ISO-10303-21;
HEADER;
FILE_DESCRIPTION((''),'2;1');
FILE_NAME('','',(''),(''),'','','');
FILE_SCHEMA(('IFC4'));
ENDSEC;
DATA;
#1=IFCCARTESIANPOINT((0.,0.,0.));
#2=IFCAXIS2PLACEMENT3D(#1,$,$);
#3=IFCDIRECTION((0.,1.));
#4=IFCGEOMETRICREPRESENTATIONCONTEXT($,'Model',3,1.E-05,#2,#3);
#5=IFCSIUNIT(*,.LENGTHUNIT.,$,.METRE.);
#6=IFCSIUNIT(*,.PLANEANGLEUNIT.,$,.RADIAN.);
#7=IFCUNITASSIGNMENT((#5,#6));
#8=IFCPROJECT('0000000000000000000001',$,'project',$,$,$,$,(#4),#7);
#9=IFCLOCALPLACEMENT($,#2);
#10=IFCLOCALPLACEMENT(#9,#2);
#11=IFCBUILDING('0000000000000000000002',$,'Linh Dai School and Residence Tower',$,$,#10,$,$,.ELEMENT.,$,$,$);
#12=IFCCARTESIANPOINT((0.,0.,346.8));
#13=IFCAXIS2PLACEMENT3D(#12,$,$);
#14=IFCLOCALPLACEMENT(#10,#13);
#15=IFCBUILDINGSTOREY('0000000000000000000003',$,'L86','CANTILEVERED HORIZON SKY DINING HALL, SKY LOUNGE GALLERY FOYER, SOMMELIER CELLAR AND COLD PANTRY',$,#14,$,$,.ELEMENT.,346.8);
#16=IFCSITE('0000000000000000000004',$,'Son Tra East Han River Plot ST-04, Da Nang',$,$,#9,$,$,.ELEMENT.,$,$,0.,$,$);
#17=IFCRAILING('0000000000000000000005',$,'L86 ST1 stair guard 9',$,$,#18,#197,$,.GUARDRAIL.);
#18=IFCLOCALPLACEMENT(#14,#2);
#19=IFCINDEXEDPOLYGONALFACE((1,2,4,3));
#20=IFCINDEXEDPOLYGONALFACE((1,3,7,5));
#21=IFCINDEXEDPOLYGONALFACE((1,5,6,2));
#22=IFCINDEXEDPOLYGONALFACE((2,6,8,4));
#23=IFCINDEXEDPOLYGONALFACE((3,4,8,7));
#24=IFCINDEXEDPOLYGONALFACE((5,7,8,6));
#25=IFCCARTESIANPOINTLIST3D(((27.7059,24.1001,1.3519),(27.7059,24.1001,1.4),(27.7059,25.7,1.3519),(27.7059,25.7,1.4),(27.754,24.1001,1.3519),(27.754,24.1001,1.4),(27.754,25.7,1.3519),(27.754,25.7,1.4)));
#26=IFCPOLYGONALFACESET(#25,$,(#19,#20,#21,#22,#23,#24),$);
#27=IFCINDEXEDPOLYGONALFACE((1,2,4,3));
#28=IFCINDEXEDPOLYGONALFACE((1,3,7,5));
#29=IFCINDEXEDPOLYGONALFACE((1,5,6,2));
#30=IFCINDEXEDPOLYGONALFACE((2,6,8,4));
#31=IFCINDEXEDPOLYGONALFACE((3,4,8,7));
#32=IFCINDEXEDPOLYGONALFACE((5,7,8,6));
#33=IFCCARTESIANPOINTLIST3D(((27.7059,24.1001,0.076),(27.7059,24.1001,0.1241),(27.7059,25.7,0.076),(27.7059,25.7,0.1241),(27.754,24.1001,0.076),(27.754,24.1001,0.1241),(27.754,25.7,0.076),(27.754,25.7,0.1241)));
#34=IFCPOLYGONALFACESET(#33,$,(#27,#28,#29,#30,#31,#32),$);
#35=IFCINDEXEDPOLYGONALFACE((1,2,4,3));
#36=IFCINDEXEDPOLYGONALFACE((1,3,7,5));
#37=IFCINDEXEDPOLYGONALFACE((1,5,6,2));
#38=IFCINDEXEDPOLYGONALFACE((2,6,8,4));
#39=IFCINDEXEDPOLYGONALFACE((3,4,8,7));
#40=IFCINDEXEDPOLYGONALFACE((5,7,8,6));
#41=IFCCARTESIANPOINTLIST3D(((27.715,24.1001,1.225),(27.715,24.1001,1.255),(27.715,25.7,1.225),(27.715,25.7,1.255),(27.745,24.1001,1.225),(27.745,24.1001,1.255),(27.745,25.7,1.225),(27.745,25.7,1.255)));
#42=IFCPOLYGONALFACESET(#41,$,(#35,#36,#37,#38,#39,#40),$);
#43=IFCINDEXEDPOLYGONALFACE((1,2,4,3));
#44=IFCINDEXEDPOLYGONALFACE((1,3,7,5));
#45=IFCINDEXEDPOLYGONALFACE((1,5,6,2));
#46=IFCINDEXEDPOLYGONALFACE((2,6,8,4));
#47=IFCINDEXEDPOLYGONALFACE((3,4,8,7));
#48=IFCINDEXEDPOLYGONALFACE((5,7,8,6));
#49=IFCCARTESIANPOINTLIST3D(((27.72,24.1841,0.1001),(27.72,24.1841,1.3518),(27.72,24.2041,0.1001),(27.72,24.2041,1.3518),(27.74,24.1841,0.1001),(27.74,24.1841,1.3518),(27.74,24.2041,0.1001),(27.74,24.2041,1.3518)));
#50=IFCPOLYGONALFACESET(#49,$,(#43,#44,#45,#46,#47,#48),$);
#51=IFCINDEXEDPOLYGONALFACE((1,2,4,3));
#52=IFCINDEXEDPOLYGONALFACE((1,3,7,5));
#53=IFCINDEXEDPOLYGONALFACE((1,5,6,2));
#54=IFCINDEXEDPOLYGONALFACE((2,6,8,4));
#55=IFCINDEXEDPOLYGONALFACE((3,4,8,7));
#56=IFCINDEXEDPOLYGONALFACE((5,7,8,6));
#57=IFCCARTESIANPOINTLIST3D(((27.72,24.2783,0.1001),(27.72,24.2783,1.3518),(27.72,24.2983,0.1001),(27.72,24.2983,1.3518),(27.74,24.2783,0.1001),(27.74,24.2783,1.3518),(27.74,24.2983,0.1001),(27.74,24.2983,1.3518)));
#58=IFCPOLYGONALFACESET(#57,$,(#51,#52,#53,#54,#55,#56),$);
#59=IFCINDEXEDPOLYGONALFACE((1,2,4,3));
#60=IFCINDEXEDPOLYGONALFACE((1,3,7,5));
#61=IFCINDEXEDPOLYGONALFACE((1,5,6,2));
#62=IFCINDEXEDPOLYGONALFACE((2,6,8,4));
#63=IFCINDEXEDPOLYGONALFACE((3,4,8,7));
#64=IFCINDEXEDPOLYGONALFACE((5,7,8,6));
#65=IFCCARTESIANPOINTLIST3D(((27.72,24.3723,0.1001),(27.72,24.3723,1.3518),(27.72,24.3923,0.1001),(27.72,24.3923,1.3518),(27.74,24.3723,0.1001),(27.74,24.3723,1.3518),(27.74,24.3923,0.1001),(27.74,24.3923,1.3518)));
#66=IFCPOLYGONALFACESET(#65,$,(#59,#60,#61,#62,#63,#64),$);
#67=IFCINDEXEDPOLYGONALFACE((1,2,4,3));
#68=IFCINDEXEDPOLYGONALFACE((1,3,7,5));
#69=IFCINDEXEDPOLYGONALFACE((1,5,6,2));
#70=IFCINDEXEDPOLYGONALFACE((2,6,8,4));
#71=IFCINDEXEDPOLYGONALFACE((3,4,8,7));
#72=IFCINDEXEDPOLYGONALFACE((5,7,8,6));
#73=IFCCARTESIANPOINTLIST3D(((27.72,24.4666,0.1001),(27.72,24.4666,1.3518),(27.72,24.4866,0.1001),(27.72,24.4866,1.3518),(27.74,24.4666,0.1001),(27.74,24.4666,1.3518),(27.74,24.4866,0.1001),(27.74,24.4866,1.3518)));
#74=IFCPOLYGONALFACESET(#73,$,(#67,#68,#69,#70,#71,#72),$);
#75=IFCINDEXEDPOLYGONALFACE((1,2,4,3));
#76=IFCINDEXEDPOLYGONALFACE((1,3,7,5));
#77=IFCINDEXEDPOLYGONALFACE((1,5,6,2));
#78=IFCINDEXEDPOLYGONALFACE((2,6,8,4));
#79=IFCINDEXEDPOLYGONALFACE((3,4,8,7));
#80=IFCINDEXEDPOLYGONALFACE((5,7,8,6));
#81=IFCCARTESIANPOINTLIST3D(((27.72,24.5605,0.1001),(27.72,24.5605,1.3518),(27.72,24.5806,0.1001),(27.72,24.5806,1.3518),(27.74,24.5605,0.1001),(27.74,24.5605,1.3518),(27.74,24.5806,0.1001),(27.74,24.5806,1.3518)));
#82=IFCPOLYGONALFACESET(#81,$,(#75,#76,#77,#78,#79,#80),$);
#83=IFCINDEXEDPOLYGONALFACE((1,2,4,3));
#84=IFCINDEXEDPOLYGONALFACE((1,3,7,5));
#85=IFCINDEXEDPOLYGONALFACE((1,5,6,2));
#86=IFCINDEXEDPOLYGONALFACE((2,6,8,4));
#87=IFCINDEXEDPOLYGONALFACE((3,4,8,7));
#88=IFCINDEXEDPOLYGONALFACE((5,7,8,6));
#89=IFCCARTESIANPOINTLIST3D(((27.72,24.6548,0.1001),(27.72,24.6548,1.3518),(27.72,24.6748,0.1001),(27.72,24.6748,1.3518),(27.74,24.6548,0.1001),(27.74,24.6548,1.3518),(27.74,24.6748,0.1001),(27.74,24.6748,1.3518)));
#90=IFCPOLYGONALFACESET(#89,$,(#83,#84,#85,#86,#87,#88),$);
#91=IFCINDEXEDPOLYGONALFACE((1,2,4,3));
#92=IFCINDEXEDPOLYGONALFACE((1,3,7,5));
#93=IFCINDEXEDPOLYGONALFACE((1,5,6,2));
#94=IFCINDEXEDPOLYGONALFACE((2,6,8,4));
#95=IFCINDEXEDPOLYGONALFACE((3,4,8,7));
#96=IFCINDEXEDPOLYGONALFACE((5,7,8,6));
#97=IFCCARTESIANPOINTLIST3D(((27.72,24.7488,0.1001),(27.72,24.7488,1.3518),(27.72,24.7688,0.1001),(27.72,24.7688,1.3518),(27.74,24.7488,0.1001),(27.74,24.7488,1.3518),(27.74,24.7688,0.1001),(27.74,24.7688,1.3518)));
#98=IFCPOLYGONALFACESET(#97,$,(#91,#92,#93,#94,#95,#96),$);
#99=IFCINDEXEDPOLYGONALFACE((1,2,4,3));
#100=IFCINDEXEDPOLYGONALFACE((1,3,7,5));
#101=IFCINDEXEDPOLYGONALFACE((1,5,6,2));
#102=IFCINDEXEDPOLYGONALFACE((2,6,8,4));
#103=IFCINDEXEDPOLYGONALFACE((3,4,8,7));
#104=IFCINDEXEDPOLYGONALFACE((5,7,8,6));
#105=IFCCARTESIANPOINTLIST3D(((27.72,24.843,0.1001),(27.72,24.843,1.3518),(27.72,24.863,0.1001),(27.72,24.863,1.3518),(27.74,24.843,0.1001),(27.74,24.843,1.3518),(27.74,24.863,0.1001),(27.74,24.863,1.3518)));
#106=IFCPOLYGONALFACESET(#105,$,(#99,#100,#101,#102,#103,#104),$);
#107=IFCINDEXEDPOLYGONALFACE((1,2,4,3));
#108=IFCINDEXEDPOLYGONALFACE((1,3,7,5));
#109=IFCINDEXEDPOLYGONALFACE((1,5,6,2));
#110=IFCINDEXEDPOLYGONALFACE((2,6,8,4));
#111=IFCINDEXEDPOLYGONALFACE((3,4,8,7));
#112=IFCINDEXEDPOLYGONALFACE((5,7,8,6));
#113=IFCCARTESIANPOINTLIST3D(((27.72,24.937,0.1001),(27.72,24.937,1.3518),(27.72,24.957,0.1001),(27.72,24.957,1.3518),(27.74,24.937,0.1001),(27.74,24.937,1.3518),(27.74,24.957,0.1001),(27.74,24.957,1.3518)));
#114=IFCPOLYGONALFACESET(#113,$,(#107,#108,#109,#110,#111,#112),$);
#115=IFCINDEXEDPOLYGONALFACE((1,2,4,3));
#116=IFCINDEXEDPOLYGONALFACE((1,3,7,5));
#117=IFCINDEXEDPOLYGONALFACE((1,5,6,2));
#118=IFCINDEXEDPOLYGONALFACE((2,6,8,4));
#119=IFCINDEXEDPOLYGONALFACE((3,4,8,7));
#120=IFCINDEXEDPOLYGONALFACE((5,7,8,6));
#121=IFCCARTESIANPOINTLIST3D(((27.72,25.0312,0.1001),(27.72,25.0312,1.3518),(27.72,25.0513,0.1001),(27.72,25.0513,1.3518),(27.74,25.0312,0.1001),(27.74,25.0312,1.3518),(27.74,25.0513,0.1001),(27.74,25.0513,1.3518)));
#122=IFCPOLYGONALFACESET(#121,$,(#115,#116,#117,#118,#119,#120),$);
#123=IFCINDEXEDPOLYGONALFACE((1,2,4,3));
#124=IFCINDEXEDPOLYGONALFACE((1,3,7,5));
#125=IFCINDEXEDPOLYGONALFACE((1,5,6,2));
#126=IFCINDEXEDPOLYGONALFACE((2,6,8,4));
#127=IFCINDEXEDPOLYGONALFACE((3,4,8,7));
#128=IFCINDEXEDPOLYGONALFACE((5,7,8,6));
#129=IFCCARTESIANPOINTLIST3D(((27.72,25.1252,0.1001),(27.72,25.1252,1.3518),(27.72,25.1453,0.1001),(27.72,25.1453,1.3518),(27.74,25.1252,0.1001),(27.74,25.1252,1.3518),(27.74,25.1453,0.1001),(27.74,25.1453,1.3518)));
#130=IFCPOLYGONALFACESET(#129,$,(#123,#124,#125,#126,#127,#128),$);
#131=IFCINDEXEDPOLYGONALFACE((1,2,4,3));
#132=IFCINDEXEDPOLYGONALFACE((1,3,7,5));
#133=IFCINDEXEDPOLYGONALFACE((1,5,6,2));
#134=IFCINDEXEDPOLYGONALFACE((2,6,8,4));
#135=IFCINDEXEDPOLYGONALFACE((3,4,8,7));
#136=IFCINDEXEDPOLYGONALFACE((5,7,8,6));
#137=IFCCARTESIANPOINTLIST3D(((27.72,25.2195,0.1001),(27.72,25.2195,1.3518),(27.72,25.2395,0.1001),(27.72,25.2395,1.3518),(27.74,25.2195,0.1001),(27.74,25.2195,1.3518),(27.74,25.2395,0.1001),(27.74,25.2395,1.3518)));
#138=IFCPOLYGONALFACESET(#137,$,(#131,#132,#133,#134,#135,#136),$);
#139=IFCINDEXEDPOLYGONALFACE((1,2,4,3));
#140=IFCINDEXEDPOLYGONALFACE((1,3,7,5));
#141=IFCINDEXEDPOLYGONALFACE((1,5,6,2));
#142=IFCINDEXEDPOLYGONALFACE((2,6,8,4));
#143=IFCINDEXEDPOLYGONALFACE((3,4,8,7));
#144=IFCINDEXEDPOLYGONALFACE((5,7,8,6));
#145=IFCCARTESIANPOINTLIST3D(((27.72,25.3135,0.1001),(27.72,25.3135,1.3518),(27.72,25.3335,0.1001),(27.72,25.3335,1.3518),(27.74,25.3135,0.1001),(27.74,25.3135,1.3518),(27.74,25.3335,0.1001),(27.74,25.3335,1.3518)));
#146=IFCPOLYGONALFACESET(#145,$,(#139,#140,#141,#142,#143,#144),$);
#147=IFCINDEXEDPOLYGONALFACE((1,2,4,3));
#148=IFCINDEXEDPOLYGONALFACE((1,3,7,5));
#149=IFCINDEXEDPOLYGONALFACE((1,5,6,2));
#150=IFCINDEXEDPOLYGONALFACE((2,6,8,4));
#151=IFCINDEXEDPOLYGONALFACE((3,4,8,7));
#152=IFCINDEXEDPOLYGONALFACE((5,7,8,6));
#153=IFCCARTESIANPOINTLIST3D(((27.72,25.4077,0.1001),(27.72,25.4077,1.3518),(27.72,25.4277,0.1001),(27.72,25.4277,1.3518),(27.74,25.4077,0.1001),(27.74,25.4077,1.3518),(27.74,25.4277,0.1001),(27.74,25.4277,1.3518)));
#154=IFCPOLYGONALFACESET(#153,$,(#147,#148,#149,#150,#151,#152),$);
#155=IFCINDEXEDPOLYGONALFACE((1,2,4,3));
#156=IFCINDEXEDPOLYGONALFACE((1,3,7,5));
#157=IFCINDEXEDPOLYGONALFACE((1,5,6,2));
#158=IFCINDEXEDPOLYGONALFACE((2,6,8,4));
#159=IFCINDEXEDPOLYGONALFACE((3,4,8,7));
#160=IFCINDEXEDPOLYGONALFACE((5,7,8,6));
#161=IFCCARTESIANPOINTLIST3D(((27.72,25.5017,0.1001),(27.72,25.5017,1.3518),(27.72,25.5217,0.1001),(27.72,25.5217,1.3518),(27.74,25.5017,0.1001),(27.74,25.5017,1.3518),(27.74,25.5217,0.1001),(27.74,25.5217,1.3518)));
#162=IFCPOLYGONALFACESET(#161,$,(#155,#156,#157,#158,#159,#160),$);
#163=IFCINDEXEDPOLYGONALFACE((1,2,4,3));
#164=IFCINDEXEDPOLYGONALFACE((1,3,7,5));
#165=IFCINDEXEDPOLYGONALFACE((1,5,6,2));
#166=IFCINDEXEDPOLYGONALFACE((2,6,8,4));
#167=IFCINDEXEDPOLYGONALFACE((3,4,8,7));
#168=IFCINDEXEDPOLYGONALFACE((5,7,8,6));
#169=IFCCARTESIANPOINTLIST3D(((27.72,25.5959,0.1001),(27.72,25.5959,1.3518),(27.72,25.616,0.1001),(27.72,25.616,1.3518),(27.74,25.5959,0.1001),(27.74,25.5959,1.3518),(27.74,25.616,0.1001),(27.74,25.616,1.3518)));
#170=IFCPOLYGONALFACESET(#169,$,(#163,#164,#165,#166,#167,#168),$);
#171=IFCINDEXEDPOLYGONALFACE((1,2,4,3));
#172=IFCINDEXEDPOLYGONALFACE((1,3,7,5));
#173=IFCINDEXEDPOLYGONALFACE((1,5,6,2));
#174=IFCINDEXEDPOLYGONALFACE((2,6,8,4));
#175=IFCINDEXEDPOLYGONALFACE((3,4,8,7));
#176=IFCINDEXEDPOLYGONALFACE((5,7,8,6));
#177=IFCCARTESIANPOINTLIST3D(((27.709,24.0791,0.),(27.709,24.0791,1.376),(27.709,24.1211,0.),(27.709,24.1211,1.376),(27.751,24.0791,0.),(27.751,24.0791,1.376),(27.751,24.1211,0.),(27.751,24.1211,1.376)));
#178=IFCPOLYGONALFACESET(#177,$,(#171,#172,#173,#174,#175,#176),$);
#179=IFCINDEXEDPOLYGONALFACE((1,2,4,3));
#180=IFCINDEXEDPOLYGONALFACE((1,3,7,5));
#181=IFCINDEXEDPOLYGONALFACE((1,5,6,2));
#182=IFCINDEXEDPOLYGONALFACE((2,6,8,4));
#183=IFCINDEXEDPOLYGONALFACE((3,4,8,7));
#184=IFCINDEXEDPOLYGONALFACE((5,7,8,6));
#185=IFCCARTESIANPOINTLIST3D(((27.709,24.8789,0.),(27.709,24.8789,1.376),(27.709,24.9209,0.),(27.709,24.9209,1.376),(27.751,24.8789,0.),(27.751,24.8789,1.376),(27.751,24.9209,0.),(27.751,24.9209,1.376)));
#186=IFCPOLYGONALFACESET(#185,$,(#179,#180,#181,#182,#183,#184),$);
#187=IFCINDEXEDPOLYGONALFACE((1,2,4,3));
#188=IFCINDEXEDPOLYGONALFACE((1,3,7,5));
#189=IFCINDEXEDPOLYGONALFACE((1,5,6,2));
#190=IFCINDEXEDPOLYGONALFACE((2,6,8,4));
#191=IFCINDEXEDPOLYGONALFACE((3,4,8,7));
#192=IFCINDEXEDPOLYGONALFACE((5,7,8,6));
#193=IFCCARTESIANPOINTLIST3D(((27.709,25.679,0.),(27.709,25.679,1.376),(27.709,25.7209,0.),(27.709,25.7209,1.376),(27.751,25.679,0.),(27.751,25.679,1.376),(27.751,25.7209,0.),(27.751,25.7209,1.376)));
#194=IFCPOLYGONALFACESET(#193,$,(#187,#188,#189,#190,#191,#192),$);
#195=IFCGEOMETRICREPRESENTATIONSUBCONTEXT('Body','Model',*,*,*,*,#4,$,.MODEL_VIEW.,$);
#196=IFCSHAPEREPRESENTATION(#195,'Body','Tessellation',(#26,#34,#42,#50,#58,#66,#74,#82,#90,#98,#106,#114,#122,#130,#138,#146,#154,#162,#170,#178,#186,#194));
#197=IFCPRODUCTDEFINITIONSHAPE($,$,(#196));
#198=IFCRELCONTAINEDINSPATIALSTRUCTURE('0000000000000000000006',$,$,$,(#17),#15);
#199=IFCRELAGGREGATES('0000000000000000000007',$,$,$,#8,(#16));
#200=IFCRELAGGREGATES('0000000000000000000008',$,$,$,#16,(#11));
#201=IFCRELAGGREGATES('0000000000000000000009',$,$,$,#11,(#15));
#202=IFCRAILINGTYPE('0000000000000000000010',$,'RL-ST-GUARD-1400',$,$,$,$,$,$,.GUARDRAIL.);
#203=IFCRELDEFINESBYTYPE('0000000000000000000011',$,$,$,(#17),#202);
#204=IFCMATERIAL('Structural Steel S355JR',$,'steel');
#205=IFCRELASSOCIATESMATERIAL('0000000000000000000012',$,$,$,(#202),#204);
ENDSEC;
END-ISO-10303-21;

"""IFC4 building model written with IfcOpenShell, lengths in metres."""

from ifc_helpers import new_model, si_unit, direction, frame, origin, origin_2d, place, context, subcontext, project, spatial, rectangle, extrude, source, transform, mapped, material, type_object, element, save


model = new_model("IFC4")

# Units and contexts
model_context = context("Model", 3, precision=1e-05, world=origin(), true_north=direction((0.0, 1.0)))
body_context = subcontext(model_context, "Body", "Model", "MODEL_VIEW")
ifc_project = project(units=[si_unit("LENGTHUNIT", "METRE"), si_unit("PLANEANGLEUNIT", "RADIAN")], contexts=[model_context])

# Site, building, storey
site_placement = place(None, origin())
site = spatial("IfcSite", under=ifc_project, at=site_placement, Name="Son Tra East Han River Plot ST-04, Da Nang", CompositionType="ELEMENT", RefElevation=0.0)
building_placement = place(site_placement, origin())
building = spatial("IfcBuilding", under=site, at=building_placement, Name="Linh Dai School and Residence Tower", CompositionType="ELEMENT")
storey_placement = place(building_placement, frame((0.0, 0.0, 346.8)))
storey = spatial("IfcBuildingStorey", under=building, at=storey_placement, Name="L86", Description="CANTILEVERED HORIZON SKY DINING HALL, SKY LOUNGE GALLERY FOYER, SOMMELIER CELLAR AND COLD PANTRY", CompositionType="ELEMENT", Elevation=346.8)

# Shared definitions
ifc_material_1 = material(Name="Structural Steel S355JR", Category="steel")

# Railing
railing_type_1 = type_object("IfcRailingType", Name="RL-ST-GUARD-1400", PredefinedType="GUARDRAIL", material=ifc_material_1)
shared_shape_1 = source(origin(), body_context, "Body", "SweptSolid", [
    extrude(rectangle(XDim=0.0481, YDim=0.0481, at=origin_2d()), frame((0.0, 0.0, 1.376), z_axis=(0.0, 1.0, 0.0), x_axis=(-1.0, 0.0, 0.0)), (0.0, 0.0, 1.0), 1.5999),
    extrude(rectangle(XDim=0.0481, YDim=0.0481, at=origin_2d()), frame((0.0, 0.0, 0.1001), z_axis=(0.0, 1.0, 0.0), x_axis=(-1.0, 0.0, 0.0)), (0.0, 0.0, 1.0), 1.5999),
    extrude(rectangle(XDim=0.03, YDim=0.03, at=origin_2d()), frame((0.0, 0.0, 1.24), z_axis=(0.0, 1.0, 0.0), x_axis=(-1.0, 0.0, 0.0)), (0.0, 0.0, 1.0), 1.5999),
    extrude(rectangle(XDim=0.02, YDim=0.02, at=origin_2d()), frame((0.0, 0.094, 0.1001)), (0.0, 0.0, 1.0), 1.2517),
    extrude(rectangle(XDim=0.02, YDim=0.02, at=origin_2d()), frame((0.0, 0.1882, 0.1001)), (0.0, 0.0, 1.0), 1.2517),
    extrude(rectangle(XDim=0.02, YDim=0.02, at=origin_2d()), frame((0.0, 0.2822, 0.1001)), (0.0, 0.0, 1.0), 1.2517),
    extrude(rectangle(XDim=0.02, YDim=0.02, at=origin_2d()), frame((0.0, 0.3765, 0.1001)), (0.0, 0.0, 1.0), 1.2517),
    extrude(rectangle(XDim=0.02, YDim=0.02, at=origin_2d()), frame((0.0, 0.4705, 0.1001)), (0.0, 0.0, 1.0), 1.2517),
    extrude(rectangle(XDim=0.02, YDim=0.02, at=origin_2d()), frame((0.0, 0.5647, 0.1001)), (0.0, 0.0, 1.0), 1.2517),
    extrude(rectangle(XDim=0.02, YDim=0.02, at=origin_2d()), frame((0.0, 0.6587, 0.1001)), (0.0, 0.0, 1.0), 1.2517),
    extrude(rectangle(XDim=0.02, YDim=0.02, at=origin_2d()), frame((0.0, 0.7529, 0.1001)), (0.0, 0.0, 1.0), 1.2517),
    extrude(rectangle(XDim=0.02, YDim=0.02, at=origin_2d()), frame((0.0, 0.8469, 0.1001)), (0.0, 0.0, 1.0), 1.2517),
    extrude(rectangle(XDim=0.02, YDim=0.02, at=origin_2d()), frame((0.0, 0.9412, 0.1001)), (0.0, 0.0, 1.0), 1.2517),
    extrude(rectangle(XDim=0.02, YDim=0.02, at=origin_2d()), frame((0.0, 1.0352, 0.1001)), (0.0, 0.0, 1.0), 1.2517),
    extrude(rectangle(XDim=0.02, YDim=0.02, at=origin_2d()), frame((0.0, 1.1294, 0.1001)), (0.0, 0.0, 1.0), 1.2517),
    extrude(rectangle(XDim=0.02, YDim=0.02, at=origin_2d()), frame((0.0, 1.2234, 0.1001)), (0.0, 0.0, 1.0), 1.2517),
    extrude(rectangle(XDim=0.02, YDim=0.02, at=origin_2d()), frame((0.0, 1.3176, 0.1001)), (0.0, 0.0, 1.0), 1.2517),
    extrude(rectangle(XDim=0.02, YDim=0.02, at=origin_2d()), frame((0.0, 1.4116, 0.1001)), (0.0, 0.0, 1.0), 1.2517),
    extrude(rectangle(XDim=0.02, YDim=0.02, at=origin_2d()), frame((0.0, 1.5059, 0.1001)), (0.0, 0.0, 1.0), 1.2517),
    extrude(rectangle(XDim=0.042, YDim=0.042, at=origin_2d()), origin(), (0.0, 0.0, 1.0), 1.376),
    extrude(rectangle(XDim=0.042, YDim=0.042, at=origin_2d()), frame((0.0, 0.7998, 0.0)), (0.0, 0.0, 1.0), 1.376),
    extrude(rectangle(XDim=0.042, YDim=0.042, at=origin_2d()), frame((0.0, 1.5999, 0.0)), (0.0, 0.0, 1.0), 1.376),
])
for number, where, name in (
    (1, (27.73, 24.1001, 0.0), "L86 ST1 stair guard 9"),
):
    element("IfcRailing", number, at=place(storey_placement, frame(where)), inside=storey, type_object=railing_type_1, Name=name, PredefinedType="GUARDRAIL", context=body_context, shape_type="MappedRepresentation", body=[
        mapped(shared_shape_1, transform((0.0, 0.0, 0.0), x_axis=(1.0, 0.0, 0.0), y_axis=(0.0, 1.0, 0.0), z_axis=(0.0, 0.0, 1.0), scale=1.0)),
    ])

save(model, "model.ifc")
